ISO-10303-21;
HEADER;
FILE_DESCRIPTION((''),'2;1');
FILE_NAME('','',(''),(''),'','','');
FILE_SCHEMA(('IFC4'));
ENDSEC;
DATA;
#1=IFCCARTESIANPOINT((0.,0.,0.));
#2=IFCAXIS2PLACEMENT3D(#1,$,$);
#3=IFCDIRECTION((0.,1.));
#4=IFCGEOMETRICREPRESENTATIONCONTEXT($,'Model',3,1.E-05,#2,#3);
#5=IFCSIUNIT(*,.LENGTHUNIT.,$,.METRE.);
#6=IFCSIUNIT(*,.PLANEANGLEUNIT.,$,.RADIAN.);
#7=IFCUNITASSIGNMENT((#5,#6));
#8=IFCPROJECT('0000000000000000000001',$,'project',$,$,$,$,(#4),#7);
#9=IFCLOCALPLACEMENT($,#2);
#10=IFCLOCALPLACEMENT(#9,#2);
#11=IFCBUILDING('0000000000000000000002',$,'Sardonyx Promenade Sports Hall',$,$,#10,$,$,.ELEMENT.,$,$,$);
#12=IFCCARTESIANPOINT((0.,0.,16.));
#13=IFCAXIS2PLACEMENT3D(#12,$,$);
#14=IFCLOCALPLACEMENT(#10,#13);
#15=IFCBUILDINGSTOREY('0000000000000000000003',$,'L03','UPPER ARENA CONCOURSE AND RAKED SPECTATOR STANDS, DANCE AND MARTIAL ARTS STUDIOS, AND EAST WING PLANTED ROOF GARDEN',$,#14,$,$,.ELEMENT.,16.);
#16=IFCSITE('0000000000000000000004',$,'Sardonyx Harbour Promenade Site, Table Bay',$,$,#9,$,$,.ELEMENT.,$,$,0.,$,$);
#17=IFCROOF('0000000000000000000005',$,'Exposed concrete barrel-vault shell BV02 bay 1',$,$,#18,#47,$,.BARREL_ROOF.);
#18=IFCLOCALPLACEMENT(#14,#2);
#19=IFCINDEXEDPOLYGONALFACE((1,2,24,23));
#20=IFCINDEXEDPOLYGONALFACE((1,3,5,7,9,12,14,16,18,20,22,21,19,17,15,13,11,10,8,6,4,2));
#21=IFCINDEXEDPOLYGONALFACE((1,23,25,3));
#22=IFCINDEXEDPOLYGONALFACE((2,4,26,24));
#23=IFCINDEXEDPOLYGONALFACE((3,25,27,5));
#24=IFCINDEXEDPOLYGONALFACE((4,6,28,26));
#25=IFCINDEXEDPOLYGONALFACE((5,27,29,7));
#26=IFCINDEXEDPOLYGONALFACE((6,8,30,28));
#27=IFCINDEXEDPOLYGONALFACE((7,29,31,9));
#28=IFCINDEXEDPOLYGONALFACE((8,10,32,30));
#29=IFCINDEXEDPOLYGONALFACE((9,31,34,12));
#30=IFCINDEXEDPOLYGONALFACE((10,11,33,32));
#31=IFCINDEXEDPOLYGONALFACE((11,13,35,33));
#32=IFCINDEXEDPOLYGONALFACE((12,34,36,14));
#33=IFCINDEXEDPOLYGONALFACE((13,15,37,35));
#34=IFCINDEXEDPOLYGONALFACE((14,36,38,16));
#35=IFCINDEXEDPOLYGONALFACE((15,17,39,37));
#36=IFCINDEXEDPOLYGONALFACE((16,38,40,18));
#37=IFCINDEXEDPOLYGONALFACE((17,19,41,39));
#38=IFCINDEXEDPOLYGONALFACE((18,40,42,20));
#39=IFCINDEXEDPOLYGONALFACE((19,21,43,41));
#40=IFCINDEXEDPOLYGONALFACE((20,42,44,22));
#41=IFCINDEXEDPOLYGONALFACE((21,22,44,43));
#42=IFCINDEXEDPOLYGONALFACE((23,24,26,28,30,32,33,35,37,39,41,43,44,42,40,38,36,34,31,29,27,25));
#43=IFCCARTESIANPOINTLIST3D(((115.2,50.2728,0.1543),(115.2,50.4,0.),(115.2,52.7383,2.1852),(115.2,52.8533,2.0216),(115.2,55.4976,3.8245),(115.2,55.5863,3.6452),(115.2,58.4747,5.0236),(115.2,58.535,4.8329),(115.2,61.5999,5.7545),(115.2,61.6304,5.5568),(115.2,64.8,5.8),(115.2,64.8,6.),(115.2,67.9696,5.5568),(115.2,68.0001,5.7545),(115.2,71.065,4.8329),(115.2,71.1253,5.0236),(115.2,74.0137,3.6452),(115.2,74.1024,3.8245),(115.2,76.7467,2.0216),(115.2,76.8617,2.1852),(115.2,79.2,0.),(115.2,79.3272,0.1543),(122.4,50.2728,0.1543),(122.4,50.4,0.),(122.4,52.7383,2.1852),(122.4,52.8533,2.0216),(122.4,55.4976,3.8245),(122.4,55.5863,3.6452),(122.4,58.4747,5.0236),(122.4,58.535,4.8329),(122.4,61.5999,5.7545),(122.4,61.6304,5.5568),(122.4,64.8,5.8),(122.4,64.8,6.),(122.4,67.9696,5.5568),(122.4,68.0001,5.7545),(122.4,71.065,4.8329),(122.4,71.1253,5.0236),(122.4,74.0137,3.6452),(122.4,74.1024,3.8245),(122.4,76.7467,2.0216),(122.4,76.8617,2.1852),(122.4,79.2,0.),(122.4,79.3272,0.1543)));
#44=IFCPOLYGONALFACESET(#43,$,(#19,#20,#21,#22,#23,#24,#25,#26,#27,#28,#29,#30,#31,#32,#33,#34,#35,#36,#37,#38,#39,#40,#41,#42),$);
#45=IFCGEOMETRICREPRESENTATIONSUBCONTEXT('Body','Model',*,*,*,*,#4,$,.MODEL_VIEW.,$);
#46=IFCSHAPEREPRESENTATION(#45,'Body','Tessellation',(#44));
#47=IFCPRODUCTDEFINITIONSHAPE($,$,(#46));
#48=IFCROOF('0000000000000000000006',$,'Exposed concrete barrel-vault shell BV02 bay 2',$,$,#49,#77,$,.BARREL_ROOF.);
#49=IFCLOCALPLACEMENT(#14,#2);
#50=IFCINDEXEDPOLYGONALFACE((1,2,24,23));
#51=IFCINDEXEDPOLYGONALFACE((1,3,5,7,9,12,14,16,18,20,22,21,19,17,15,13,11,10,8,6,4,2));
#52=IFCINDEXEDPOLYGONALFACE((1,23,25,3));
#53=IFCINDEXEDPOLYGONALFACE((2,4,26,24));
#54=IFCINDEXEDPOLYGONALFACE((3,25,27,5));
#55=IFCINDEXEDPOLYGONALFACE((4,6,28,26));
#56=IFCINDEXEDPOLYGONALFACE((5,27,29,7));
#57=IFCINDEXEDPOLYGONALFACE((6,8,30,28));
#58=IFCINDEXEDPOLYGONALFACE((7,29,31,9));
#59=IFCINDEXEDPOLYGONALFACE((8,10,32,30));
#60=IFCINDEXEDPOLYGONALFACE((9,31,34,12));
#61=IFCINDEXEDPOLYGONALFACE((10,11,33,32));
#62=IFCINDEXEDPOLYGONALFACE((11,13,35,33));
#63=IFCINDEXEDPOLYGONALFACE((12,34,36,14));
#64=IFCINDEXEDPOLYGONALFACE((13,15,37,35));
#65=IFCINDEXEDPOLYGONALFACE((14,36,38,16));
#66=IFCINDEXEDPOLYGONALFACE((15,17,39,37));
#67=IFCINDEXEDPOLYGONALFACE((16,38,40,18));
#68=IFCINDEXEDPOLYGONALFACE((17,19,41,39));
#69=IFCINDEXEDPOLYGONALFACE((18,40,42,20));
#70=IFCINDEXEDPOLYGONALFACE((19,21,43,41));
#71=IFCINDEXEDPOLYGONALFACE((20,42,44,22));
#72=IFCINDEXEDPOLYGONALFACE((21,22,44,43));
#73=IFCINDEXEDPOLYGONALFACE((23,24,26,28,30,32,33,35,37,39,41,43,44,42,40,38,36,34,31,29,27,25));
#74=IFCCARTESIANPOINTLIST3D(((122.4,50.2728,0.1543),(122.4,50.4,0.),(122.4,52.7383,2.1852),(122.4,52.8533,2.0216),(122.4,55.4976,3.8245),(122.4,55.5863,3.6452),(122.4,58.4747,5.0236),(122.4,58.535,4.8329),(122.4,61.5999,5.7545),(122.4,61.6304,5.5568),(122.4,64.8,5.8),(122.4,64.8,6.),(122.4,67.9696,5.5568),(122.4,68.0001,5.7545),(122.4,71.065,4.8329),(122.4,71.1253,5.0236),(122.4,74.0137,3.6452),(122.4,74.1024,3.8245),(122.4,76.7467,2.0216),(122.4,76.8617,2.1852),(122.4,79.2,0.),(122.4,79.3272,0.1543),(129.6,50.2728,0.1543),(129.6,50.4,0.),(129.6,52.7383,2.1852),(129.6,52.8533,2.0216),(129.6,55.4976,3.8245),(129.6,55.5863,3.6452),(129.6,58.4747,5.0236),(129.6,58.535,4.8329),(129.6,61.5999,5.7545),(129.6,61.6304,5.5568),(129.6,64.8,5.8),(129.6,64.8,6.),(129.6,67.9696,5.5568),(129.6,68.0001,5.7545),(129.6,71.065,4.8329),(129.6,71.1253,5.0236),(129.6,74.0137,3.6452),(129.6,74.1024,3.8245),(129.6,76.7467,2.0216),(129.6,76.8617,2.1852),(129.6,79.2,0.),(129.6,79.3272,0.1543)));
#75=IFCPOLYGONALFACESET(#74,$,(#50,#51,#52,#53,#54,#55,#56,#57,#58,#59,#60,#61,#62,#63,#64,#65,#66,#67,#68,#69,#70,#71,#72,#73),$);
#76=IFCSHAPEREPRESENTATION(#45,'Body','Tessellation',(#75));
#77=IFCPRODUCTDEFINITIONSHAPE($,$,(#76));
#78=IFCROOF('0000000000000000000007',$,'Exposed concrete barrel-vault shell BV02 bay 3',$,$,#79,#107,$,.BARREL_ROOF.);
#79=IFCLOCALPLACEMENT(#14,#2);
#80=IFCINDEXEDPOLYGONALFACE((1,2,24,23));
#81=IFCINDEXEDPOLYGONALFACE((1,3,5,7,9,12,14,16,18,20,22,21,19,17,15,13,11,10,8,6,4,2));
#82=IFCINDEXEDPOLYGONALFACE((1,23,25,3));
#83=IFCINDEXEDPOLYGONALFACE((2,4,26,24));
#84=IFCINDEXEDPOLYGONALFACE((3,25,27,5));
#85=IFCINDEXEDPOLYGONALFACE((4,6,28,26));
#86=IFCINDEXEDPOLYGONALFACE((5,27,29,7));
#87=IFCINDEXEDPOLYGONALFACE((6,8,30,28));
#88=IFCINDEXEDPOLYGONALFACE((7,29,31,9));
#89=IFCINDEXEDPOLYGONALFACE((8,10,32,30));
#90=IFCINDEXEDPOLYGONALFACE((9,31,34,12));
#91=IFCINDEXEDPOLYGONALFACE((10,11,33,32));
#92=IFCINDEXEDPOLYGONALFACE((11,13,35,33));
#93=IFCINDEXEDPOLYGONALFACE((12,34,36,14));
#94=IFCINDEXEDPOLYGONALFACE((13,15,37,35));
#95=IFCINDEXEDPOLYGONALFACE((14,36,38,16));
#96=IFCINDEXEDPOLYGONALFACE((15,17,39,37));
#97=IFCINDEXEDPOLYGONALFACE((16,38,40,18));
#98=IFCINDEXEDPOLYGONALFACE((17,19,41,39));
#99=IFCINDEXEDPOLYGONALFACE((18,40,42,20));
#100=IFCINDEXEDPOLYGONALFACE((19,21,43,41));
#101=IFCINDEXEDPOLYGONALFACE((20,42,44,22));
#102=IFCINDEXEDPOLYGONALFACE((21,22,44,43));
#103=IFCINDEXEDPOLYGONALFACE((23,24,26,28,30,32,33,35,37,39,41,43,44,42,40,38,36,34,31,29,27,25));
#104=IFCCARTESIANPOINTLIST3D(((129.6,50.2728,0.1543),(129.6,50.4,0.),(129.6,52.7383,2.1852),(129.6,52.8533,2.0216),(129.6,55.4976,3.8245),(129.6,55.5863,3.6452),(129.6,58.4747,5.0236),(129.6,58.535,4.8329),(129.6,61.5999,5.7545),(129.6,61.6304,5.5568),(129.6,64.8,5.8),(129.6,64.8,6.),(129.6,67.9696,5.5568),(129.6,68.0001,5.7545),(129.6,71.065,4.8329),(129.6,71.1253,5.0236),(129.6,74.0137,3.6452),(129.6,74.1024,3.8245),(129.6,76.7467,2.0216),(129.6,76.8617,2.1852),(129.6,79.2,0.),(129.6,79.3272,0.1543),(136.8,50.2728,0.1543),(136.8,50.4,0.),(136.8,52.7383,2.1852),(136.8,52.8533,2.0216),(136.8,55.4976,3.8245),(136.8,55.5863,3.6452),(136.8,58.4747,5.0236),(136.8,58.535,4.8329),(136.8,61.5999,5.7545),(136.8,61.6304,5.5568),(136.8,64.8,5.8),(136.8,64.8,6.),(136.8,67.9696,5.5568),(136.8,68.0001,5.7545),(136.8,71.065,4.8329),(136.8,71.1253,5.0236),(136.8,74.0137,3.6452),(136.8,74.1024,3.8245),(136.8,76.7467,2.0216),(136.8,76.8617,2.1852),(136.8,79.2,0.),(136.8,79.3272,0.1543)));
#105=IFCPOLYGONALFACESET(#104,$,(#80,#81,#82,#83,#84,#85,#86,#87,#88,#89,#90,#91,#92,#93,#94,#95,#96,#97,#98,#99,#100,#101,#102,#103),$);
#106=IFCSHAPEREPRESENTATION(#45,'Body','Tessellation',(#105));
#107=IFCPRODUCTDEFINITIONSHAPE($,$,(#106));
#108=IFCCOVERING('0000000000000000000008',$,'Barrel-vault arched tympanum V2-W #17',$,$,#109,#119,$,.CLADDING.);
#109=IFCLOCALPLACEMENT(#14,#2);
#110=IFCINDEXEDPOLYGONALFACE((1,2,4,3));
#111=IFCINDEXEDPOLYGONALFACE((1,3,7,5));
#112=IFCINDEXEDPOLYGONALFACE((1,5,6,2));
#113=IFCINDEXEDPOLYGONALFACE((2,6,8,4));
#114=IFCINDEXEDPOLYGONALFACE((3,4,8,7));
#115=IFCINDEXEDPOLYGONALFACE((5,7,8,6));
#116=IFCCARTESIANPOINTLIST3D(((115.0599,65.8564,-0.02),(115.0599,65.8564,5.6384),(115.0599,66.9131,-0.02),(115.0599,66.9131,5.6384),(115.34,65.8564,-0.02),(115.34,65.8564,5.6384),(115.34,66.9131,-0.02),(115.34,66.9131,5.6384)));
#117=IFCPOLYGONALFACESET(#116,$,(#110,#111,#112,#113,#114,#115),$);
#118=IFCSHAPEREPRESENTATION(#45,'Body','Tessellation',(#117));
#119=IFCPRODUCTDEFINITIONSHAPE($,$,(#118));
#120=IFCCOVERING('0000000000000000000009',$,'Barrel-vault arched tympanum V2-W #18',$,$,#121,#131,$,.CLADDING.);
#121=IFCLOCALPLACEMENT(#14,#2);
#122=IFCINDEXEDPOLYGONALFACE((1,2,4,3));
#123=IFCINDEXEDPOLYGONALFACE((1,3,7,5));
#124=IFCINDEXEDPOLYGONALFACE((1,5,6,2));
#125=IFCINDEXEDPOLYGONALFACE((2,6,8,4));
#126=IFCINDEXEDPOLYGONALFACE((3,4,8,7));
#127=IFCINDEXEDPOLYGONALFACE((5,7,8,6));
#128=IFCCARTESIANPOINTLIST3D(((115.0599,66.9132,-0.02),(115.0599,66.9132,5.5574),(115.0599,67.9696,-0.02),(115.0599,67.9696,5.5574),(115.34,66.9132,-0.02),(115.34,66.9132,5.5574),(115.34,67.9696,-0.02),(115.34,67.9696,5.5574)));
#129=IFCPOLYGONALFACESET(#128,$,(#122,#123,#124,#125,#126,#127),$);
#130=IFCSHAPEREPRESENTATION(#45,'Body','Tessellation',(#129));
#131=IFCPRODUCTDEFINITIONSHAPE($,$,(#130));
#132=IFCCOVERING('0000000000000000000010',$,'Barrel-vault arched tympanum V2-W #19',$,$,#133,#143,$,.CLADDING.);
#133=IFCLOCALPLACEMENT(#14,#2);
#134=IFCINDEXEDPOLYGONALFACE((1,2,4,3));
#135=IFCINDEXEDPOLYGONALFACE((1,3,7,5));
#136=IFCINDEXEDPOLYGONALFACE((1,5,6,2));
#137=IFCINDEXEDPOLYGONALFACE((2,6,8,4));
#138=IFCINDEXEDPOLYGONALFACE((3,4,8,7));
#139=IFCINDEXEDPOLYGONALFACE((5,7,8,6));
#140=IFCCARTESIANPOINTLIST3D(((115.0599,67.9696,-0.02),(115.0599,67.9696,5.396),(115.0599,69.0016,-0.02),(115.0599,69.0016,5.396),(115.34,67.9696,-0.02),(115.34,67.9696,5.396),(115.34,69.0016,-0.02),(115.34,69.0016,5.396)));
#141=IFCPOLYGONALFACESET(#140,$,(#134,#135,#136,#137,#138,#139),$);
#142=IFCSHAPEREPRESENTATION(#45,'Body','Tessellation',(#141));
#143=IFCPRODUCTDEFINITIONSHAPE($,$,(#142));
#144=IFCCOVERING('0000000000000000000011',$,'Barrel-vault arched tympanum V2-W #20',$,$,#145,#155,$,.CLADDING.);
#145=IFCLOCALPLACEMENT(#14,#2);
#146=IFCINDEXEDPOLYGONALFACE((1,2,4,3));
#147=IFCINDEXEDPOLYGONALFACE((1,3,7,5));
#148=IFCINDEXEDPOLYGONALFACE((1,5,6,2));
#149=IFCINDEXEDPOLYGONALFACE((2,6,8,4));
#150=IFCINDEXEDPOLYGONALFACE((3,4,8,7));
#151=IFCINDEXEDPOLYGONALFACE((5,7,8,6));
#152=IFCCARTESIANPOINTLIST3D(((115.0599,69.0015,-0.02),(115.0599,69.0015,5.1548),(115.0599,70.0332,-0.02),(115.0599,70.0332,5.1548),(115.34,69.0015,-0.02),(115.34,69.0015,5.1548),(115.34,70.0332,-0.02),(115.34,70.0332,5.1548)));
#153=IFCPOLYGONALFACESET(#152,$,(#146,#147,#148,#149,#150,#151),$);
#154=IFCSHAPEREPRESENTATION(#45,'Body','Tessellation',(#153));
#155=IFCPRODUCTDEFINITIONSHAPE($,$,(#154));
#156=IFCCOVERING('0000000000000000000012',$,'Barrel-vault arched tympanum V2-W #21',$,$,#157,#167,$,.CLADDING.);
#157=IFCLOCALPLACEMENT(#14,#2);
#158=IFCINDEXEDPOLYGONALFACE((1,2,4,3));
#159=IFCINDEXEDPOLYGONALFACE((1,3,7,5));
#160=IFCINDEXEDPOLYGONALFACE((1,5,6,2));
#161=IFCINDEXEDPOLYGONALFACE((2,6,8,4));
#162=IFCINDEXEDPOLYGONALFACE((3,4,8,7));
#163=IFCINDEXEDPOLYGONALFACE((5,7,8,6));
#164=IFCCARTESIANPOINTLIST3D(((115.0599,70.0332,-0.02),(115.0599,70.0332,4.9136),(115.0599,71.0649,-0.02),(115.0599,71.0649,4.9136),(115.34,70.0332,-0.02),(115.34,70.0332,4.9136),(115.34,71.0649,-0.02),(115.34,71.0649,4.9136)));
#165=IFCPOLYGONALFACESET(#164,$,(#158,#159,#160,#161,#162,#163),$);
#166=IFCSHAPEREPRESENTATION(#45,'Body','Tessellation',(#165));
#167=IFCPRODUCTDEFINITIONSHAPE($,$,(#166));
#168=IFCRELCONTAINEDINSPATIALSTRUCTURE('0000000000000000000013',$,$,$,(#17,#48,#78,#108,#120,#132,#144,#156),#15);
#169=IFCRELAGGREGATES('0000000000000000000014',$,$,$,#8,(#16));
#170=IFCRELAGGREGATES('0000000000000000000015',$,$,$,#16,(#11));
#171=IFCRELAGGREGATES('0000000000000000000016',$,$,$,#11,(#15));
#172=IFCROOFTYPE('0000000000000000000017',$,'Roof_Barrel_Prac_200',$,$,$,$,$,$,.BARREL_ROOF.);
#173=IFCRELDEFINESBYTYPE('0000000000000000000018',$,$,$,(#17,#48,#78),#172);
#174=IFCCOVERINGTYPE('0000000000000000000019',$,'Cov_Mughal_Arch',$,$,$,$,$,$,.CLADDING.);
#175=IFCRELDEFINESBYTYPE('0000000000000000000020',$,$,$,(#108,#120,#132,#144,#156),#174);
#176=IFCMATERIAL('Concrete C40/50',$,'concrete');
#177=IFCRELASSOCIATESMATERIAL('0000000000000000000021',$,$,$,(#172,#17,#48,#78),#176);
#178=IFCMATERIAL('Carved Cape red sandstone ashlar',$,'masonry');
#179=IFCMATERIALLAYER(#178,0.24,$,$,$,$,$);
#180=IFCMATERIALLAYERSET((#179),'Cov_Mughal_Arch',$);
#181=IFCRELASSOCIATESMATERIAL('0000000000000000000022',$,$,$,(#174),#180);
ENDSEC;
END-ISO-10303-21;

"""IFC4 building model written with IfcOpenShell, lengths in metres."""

from ifc_helpers import new_model, si_unit, direction, frame, frame_2d, origin, place, context, subcontext, project, spatial, polyline, rectangle, outline, extrude, material, layer, layer_set, type_object, element, save


model = new_model("IFC4")

# Units and contexts
model_context = context("Model", 3, precision=1e-05, world=origin(), true_north=direction((0.0, 1.0)))
body_context = subcontext(model_context, "Body", "Model", "MODEL_VIEW")
ifc_project = project(units=[si_unit("LENGTHUNIT", "METRE"), si_unit("PLANEANGLEUNIT", "RADIAN")], contexts=[model_context])

# Site, building, storey
site_placement = place(None, origin())
site = spatial("IfcSite", under=ifc_project, at=site_placement, Name="Sardonyx Harbour Promenade Site, Table Bay", CompositionType="ELEMENT", RefElevation=0.0)
building_placement = place(site_placement, origin())
building = spatial("IfcBuilding", under=site, at=building_placement, Name="Sardonyx Promenade Sports Hall", CompositionType="ELEMENT")
storey_placement = place(building_placement, frame((0.0, 0.0, 16.0)))
storey = spatial("IfcBuildingStorey", under=building, at=storey_placement, Name="L03", Description="UPPER ARENA CONCOURSE AND RAKED SPECTATOR STANDS, DANCE AND MARTIAL ARTS STUDIOS, AND EAST WING PLANTED ROOF GARDEN", CompositionType="ELEMENT", Elevation=16.0)

# Roofs
ifc_material_1 = material(Name="Concrete C40/50", Category="concrete")
roof_type = type_object("IfcRoofType", Name="Roof_Barrel_Prac_200", PredefinedType="BARREL_ROOF", material=ifc_material_1)
for number, where, z_axis, x_axis, name in (
    (1, (115.2, 64.8, 0.0), (1.0, 0.0, 0.0), (0.0, 1.0, 0.0), "Exposed concrete barrel-vault shell BV02 bay 1"),
    (2, (122.4, 64.8, 0.0), (1.0, 0.0, 0.0), (0.0, 1.0, 0.0), "Exposed concrete barrel-vault shell BV02 bay 2"),
    (3, (129.6, 64.8, 0.0), (1.0, 0.0, 0.0), (0.0, 1.0, 0.0), "Exposed concrete barrel-vault shell BV02 bay 3"),
):
    element("IfcRoof", number, at=place(storey_placement, frame(where, z_axis=z_axis, x_axis=x_axis)), inside=storey, type_object=roof_type, material=ifc_material_1, Name=name, PredefinedType="BARREL_ROOF", context=body_context, shape_type="SweptSolid", body=[
        extrude(outline(polyline([(-14.4, 0.0), (-11.9467, 2.0216), (-9.2137, 3.6452), (-6.265, 4.8329), (-3.1696, 5.5568), (0.0, 5.8), (3.1696, 5.5568), (6.265, 4.8329), (9.2137, 3.6452), (11.9467, 2.0216), (14.4, 0.0), (14.5272, 0.1543), (12.0617, 2.1852), (9.3024, 3.8245), (6.3253, 5.0236), (3.2001, 5.7545), (0.0, 6.0), (-3.2001, 5.7545), (-6.3253, 5.0236), (-9.3024, 3.8245), (-12.0617, 2.1852), (-14.5272, 0.1543), (-14.4, 0.0)])), origin(), (0.0, 0.0, 1.0), 7.2),
    ])

# Coverings
ifc_material_2 = material(Name="Carved Cape red sandstone ashlar", Category="masonry")
ifc_layer = layer(ifc_material_2, 0.24)
ifc_layer_set = layer_set([ifc_layer], Name="Cov_Mughal_Arch")
covering_type = type_object("IfcCoveringType", Name="Cov_Mughal_Arch", PredefinedType="CLADDING", material=ifc_layer_set)
covering_1_placement = place(storey_placement, frame((115.2, 65.8564, -0.02), z_axis=(0.0, 0.0, 1.0), x_axis=(0.0, 1.0, 0.0)))
element("IfcCovering", 4, at=covering_1_placement, inside=storey, type_object=covering_type, Name="Barrel-vault arched tympanum V2-W #17", PredefinedType="CLADDING", context=body_context, shape_type="SweptSolid", body=[
    extrude(rectangle(XDim=1.0566, YDim=0.28, at=frame_2d((0.5283, 0.0))), origin(), (0.0, 0.0, 1.0), 5.6584),
])
covering_2_placement = place(storey_placement, frame((115.2, 66.9131, -0.02), z_axis=(0.0, 0.0, 1.0), x_axis=(0.0, 1.0, 0.0)))
element("IfcCovering", 5, at=covering_2_placement, inside=storey, type_object=covering_type, Name="Barrel-vault arched tympanum V2-W #18", PredefinedType="CLADDING", context=body_context, shape_type="SweptSolid", body=[
    extrude(rectangle(XDim=1.0564, YDim=0.28, at=frame_2d((0.5283, 0.0))), origin(), (0.0, 0.0, 1.0), 5.5774),
])
covering_3_placement = place(storey_placement, frame((115.2, 67.9695, -0.02), z_axis=(0.0, 0.0, 1.0), x_axis=(0.0, 1.0, 0.0)))
element("IfcCovering", 6, at=covering_3_placement, inside=storey, type_object=covering_type, Name="Barrel-vault arched tympanum V2-W #19", PredefinedType="CLADDING", context=body_context, shape_type="SweptSolid", body=[
    extrude(rectangle(XDim=1.032, YDim=0.28, at=frame_2d((0.5161, 0.0))), origin(), (0.0, 0.0, 1.0), 5.416),
])
covering_4_placement = place(storey_placement, frame((115.2, 69.0015, -0.02), z_axis=(0.0, 0.0, 1.0), x_axis=(0.0, 1.0, 0.0)))
element("IfcCovering", 7, at=covering_4_placement, inside=storey, type_object=covering_type, Name="Barrel-vault arched tympanum V2-W #20", PredefinedType="CLADDING", context=body_context, shape_type="SweptSolid", body=[
    extrude(rectangle(XDim=1.0317, YDim=0.28, at=frame_2d((0.5159, 0.0))), origin(), (0.0, 0.0, 1.0), 5.1748),
])
covering_5_placement = place(storey_placement, frame((115.2, 70.0332, -0.02), z_axis=(0.0, 0.0, 1.0), x_axis=(0.0, 1.0, 0.0)))
element("IfcCovering", 8, at=covering_5_placement, inside=storey, type_object=covering_type, Name="Barrel-vault arched tympanum V2-W #21", PredefinedType="CLADDING", context=body_context, shape_type="SweptSolid", body=[
    extrude(rectangle(XDim=1.0317, YDim=0.28, at=frame_2d((0.5159, 0.0))), origin(), (0.0, 0.0, 1.0), 4.9336),
])

save(model, "model.ifc")
